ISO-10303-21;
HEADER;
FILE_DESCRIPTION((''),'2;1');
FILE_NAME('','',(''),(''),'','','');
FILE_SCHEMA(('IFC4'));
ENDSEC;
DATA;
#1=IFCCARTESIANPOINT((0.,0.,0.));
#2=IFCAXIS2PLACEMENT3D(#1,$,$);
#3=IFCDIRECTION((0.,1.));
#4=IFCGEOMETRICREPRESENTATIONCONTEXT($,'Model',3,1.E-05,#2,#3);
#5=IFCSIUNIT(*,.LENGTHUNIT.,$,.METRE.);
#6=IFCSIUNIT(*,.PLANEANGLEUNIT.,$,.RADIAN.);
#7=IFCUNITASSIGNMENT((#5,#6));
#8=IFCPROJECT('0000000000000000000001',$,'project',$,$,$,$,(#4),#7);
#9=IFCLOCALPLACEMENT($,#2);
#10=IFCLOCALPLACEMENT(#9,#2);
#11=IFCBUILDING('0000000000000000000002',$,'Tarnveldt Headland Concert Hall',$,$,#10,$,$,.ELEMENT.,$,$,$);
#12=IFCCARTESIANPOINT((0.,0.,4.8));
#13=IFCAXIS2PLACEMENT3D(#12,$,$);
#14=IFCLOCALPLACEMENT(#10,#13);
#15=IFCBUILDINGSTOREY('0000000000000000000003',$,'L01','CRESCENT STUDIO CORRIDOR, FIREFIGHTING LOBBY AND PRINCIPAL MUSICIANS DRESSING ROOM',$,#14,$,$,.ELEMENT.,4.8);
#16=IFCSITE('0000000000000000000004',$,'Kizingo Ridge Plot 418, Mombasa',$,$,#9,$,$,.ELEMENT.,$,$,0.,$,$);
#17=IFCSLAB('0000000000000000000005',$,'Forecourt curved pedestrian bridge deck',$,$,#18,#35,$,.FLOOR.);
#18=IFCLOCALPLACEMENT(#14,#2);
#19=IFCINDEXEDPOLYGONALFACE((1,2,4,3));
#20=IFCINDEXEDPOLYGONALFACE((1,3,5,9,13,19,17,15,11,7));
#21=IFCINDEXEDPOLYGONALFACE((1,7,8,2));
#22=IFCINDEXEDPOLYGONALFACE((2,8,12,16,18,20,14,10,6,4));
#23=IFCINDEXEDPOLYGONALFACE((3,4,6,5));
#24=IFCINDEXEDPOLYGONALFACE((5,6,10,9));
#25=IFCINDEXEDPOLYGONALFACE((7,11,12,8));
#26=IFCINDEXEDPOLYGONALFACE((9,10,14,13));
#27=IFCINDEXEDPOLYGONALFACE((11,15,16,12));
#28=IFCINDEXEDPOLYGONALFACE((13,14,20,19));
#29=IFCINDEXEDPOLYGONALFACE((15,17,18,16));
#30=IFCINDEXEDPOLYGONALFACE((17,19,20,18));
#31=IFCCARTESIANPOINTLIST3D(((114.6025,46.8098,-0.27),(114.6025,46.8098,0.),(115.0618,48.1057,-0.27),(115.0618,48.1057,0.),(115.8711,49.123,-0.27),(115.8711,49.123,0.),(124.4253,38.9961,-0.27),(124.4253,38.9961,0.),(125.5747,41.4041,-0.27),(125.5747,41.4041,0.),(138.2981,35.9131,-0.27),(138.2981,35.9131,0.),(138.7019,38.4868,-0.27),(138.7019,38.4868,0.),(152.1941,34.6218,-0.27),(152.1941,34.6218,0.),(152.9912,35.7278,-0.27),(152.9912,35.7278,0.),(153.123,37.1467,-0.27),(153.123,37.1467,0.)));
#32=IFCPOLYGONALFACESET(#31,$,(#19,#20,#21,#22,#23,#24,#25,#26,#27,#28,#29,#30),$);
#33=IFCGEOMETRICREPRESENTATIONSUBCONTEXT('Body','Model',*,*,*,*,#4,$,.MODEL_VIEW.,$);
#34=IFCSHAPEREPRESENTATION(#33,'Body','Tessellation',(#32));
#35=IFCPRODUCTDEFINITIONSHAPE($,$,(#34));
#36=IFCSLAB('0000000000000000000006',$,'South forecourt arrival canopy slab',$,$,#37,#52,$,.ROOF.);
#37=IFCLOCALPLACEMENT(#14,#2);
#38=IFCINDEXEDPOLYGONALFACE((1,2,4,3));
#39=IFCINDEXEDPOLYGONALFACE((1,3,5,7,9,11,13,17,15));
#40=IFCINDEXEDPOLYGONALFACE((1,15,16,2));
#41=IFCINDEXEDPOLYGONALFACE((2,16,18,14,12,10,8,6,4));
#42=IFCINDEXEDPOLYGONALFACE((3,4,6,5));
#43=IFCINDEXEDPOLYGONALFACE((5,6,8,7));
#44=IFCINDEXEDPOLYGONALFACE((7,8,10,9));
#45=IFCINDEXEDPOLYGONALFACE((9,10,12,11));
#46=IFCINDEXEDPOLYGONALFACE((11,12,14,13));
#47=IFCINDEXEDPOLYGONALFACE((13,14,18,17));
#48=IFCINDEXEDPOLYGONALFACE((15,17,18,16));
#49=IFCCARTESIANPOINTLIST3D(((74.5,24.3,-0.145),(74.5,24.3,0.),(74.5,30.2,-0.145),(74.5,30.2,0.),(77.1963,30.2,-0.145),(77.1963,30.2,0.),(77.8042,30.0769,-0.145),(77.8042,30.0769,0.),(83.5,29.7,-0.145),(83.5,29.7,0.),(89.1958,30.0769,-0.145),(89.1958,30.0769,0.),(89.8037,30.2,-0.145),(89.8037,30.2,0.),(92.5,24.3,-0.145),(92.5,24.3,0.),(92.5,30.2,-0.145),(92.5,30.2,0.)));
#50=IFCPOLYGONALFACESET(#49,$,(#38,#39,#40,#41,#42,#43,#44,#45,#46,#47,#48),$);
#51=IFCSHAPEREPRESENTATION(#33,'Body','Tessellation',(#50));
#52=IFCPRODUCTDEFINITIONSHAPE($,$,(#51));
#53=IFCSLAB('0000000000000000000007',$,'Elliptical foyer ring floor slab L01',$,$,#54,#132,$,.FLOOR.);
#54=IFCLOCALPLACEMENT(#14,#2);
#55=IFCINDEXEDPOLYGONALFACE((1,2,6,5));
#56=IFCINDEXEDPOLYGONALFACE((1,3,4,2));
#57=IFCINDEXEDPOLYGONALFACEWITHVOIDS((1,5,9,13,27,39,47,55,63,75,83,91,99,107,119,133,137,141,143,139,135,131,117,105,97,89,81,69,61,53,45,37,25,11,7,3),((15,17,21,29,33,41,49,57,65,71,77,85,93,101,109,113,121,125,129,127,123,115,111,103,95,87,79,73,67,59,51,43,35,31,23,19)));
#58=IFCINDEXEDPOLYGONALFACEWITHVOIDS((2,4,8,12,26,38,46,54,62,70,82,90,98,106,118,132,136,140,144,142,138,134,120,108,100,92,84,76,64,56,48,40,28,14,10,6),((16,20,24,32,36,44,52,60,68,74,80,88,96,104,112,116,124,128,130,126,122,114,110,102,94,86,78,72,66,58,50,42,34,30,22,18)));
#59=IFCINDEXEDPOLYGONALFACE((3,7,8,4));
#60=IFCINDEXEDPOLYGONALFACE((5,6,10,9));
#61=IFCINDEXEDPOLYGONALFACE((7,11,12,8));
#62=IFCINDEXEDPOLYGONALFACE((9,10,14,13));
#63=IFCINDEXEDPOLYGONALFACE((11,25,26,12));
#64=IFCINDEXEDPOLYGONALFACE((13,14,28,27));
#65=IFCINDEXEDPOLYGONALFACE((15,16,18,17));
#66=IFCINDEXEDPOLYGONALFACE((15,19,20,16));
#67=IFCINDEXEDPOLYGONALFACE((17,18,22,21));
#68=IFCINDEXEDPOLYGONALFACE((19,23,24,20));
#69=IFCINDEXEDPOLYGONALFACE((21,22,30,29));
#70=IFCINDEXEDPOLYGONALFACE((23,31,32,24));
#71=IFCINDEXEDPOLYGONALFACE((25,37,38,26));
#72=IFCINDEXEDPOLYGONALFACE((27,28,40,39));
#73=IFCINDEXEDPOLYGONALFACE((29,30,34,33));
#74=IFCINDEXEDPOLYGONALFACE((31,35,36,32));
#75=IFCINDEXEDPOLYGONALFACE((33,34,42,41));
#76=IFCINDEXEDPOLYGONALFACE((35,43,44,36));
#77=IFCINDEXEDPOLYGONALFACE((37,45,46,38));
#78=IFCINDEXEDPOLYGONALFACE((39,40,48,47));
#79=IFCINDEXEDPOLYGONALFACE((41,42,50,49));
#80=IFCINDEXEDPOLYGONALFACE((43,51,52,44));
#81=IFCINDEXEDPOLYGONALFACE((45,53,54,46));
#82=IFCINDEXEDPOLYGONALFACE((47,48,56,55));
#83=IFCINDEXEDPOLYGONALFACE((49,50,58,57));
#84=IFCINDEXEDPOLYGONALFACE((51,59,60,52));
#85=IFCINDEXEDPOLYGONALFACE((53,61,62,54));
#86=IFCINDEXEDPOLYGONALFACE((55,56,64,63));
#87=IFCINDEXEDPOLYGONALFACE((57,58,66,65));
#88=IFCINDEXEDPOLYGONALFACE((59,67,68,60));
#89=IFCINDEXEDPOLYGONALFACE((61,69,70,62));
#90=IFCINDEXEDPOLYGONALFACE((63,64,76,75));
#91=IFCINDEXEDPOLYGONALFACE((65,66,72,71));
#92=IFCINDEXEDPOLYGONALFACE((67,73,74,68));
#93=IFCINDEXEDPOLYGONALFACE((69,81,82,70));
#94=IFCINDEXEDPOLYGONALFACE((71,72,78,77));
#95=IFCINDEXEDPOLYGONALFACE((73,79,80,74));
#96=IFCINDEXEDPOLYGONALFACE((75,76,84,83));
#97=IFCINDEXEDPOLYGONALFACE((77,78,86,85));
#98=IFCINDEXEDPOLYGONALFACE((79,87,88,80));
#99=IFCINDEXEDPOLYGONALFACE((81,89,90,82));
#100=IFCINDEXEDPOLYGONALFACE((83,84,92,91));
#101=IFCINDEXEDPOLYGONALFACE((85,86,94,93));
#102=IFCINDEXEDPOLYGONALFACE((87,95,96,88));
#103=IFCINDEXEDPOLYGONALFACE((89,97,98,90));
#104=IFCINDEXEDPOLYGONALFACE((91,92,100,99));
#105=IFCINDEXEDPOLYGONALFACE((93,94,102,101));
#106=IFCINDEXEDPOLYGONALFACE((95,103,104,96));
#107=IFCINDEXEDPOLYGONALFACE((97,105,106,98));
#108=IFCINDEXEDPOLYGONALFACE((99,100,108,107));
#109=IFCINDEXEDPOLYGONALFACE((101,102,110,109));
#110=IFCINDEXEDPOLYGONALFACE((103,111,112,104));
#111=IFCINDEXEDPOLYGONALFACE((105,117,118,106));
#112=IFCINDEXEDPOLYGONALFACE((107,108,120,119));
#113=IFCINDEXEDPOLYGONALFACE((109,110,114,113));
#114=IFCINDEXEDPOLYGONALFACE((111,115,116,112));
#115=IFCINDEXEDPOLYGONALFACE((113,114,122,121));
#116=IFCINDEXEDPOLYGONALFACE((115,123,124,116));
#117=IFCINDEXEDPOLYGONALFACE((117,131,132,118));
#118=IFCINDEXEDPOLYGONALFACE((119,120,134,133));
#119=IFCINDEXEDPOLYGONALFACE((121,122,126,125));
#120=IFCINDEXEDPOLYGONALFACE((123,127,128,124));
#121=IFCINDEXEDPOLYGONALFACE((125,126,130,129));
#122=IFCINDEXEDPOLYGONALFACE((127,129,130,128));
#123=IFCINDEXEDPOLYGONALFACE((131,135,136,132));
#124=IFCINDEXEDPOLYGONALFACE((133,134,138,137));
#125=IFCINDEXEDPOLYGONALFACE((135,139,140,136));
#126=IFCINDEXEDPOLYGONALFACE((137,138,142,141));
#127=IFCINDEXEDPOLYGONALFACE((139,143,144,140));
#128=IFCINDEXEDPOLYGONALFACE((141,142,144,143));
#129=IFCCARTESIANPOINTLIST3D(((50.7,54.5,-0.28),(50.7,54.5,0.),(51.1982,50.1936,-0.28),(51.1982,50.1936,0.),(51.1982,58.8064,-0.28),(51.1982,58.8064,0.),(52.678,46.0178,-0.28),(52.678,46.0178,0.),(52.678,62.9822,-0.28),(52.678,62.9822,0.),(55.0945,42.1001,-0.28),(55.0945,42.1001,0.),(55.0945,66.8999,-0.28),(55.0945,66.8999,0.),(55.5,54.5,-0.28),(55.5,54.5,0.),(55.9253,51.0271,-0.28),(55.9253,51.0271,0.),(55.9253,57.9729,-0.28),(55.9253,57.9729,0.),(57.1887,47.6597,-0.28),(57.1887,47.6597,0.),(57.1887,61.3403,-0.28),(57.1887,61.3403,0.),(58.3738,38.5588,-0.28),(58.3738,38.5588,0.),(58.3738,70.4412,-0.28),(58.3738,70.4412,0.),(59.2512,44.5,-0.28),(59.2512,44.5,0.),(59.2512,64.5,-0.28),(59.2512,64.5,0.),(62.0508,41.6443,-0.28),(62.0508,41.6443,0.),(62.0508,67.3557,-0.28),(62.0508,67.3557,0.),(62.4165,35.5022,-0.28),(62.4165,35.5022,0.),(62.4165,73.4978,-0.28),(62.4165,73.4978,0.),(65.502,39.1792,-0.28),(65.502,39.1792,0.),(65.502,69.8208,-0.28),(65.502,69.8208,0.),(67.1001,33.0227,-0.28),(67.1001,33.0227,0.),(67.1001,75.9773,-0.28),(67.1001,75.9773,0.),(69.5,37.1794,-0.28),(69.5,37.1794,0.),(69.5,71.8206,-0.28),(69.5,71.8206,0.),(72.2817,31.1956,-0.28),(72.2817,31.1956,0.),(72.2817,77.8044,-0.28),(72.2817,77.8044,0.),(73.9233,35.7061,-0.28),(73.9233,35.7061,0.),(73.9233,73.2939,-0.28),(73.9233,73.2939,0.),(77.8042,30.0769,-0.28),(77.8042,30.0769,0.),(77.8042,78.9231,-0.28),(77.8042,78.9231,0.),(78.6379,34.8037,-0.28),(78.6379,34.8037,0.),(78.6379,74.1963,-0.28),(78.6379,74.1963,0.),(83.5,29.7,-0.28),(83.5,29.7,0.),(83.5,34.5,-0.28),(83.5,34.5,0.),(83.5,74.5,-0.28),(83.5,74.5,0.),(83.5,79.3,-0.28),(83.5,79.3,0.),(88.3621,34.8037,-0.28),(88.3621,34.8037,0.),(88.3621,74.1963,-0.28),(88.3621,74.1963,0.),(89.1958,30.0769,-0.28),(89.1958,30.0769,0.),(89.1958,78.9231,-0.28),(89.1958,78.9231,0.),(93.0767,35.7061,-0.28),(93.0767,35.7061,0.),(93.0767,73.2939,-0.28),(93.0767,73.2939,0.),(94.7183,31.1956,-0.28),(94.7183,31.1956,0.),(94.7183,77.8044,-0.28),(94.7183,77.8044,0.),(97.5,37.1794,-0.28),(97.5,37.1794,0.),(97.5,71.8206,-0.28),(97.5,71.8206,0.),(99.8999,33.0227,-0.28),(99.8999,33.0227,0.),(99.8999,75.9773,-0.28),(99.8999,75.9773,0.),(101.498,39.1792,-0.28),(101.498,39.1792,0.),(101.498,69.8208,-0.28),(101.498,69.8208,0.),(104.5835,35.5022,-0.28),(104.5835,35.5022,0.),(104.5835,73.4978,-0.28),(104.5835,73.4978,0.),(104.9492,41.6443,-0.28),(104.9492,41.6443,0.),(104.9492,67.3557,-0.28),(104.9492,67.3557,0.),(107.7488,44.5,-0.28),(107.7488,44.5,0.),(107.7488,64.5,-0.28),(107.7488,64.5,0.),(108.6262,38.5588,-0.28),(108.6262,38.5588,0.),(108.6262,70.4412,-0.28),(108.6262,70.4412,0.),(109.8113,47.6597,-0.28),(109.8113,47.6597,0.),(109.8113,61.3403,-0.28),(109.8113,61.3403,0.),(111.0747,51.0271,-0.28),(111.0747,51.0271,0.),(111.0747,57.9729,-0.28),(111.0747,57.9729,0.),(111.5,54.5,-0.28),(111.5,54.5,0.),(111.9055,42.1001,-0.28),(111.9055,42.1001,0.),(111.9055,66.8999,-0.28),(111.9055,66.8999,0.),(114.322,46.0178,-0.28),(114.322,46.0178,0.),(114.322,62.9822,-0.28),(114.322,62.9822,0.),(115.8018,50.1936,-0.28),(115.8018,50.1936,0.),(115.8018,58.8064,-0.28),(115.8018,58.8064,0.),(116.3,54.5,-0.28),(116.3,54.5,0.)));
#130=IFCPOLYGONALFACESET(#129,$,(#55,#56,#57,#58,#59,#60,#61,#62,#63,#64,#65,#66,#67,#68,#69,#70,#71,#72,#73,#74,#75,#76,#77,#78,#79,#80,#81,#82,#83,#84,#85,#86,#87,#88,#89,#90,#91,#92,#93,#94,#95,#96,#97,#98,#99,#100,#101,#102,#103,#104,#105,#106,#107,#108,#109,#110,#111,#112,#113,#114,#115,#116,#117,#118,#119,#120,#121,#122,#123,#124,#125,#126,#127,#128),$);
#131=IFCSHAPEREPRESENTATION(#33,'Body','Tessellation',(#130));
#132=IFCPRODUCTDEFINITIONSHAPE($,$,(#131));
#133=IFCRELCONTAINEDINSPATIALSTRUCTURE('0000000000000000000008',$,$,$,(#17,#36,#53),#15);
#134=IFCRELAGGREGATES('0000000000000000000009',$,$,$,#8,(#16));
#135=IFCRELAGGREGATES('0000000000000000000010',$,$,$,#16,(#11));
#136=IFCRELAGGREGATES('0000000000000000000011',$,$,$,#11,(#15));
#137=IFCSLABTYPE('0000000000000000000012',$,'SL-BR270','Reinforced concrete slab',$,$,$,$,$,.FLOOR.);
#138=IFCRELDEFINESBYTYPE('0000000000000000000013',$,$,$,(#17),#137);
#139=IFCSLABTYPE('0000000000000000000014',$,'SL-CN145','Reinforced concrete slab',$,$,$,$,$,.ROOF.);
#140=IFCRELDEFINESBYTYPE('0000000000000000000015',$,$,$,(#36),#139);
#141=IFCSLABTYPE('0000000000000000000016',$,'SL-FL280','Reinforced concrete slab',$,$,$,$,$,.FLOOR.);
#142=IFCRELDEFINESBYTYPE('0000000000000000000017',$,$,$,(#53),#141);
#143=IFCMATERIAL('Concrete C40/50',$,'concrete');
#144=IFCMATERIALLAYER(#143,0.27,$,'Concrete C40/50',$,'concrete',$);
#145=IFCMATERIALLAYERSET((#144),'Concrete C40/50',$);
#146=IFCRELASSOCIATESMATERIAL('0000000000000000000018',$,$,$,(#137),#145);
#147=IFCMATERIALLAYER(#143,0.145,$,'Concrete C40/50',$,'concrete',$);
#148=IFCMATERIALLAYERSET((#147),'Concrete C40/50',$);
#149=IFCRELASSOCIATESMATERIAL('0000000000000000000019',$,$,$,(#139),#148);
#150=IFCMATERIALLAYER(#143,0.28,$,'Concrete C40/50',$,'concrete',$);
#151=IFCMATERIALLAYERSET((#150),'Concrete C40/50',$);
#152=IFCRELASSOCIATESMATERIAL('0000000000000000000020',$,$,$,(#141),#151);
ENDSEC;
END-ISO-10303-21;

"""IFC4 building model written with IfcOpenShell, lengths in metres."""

from ifc_helpers import new_model, si_unit, direction, frame, origin, place, context, subcontext, project, spatial, polyline, outline, extrude, material, layer, layer_set, type_object, element, save


model = new_model("IFC4")

# Units and contexts
model_context = context("Model", 3, precision=1e-05, world=origin(), true_north=direction((0.0, 1.0)))
body_context = subcontext(model_context, "Body", "Model", "MODEL_VIEW")
ifc_project = project(units=[si_unit("LENGTHUNIT", "METRE"), si_unit("PLANEANGLEUNIT", "RADIAN")], contexts=[model_context])

# Site, building, storey
site_placement = place(None, origin())
site = spatial("IfcSite", under=ifc_project, at=site_placement, Name="Kizingo Ridge Plot 418, Mombasa", CompositionType="ELEMENT", RefElevation=0.0)
building_placement = place(site_placement, origin())
building = spatial("IfcBuilding", under=site, at=building_placement, Name="Tarnveldt Headland Concert Hall", CompositionType="ELEMENT")
storey_placement = place(building_placement, frame((0.0, 0.0, 4.8)))
storey = spatial("IfcBuildingStorey", under=building, at=storey_placement, Name="L01", Description="CRESCENT STUDIO CORRIDOR, FIREFIGHTING LOBBY AND PRINCIPAL MUSICIANS DRESSING ROOM", CompositionType="ELEMENT", Elevation=4.8)

# Slabs
ifc_material_1 = material(Name="Concrete C40/50", Category="concrete")
ifc_layer_1 = layer(ifc_material_1, 0.27, Name="Concrete C40/50", Category="concrete")
ifc_layer_set_1 = layer_set([ifc_layer_1], Name="Concrete C40/50")
slab_type_1 = type_object("IfcSlabType", Name="SL-BR270", Description="Reinforced concrete slab", PredefinedType="FLOOR", material=ifc_layer_set_1)
slab_1_placement = place(storey_placement, frame((0.0, 0.0, -0.27)))
element("IfcSlab", 1, at=slab_1_placement, inside=storey, type_object=slab_type_1, Name="Forecourt curved pedestrian bridge deck", PredefinedType="FLOOR", context=body_context, shape_type="SweptSolid", body=[
    extrude(outline(polyline([(153.123, 37.1467), (138.7019, 38.4868), (125.5747, 41.4041), (115.8711, 49.123), (115.0618, 48.1057), (114.6025, 46.8098), (124.4253, 38.9961), (138.2981, 35.9131), (152.1941, 34.6218), (152.9912, 35.7278), (153.123, 37.1467)])), origin(), (0.0, 0.0, 1.0), 0.27),
])
ifc_layer_2 = layer(ifc_material_1, 0.145, Name="Concrete C40/50", Category="concrete")
ifc_layer_set_2 = layer_set([ifc_layer_2], Name="Concrete C40/50")
slab_type_2 = type_object("IfcSlabType", Name="SL-CN145", Description="Reinforced concrete slab", PredefinedType="ROOF", material=ifc_layer_set_2)
slab_2_placement = place(storey_placement, frame((0.0, 0.0, -0.145)))
element("IfcSlab", 2, at=slab_2_placement, inside=storey, type_object=slab_type_2, Name="South forecourt arrival canopy slab", PredefinedType="ROOF", context=body_context, shape_type="SweptSolid", body=[
    extrude(outline(polyline([(92.5, 30.2), (89.8037, 30.2), (89.1958, 30.0769), (83.5, 29.7), (77.8042, 30.0769), (77.1963, 30.2), (74.5, 30.2), (74.5, 24.3), (92.5, 24.3), (92.5, 30.2)])), origin(), (0.0, 0.0, 1.0), 0.145),
])
ifc_layer_3 = layer(ifc_material_1, 0.28, Name="Concrete C40/50", Category="concrete")
ifc_layer_set_3 = layer_set([ifc_layer_3], Name="Concrete C40/50")
slab_type_3 = type_object("IfcSlabType", Name="SL-FL280", Description="Reinforced concrete slab", PredefinedType="FLOOR", material=ifc_layer_set_3)
slab_3_placement = place(storey_placement, frame((0.0, 0.0, -0.28)))
element("IfcSlab", 3, at=slab_3_placement, inside=storey, type_object=slab_type_3, Name="Elliptical foyer ring floor slab L01", PredefinedType="FLOOR", context=body_context, shape_type="SweptSolid", body=[
    extrude(outline(polyline([(115.8018, 50.1936), (116.3, 54.5), (115.8018, 58.8064), (114.322, 62.9822), (111.9055, 66.8999), (108.6262, 70.4412), (104.5835, 73.4978), (99.8999, 75.9773), (94.7183, 77.8044), (89.1958, 78.9231), (83.5, 79.3), (77.8042, 78.9231), (72.2817, 77.8044), (67.1001, 75.9773), (62.4165, 73.4978), (58.3738, 70.4412), (55.0945, 66.8999), (52.678, 62.9822), (51.1982, 58.8064), (50.7, 54.5), (51.1982, 50.1936), (52.678, 46.0178), (55.0945, 42.1001), (58.3738, 38.5588), (62.4165, 35.5022), (67.1001, 33.0227), (72.2817, 31.1956), (77.8042, 30.0769), (83.5, 29.7), (89.1958, 30.0769), (94.7183, 31.1956), (99.8999, 33.0227), (104.5835, 35.5022), (108.6262, 38.5588), (111.9055, 42.1001), (114.322, 46.0178), (115.8018, 50.1936)]), holes=[polyline([(111.0747, 57.9729), (111.5, 54.5), (111.0747, 51.0271), (109.8113, 47.6597), (107.7488, 44.5), (104.9492, 41.6443), (101.498, 39.1792), (97.5, 37.1794), (93.0767, 35.7061), (88.3621, 34.8037), (83.5, 34.5), (78.6379, 34.8037), (73.9233, 35.7061), (69.5, 37.1794), (65.502, 39.1792), (62.0508, 41.6443), (59.2512, 44.5), (57.1887, 47.6597), (55.9253, 51.0271), (55.5, 54.5), (55.9253, 57.9729), (57.1887, 61.3403), (59.2512, 64.5), (62.0508, 67.3557), (65.502, 69.8208), (69.5, 71.8206), (73.9233, 73.2939), (78.6379, 74.1963), (83.5, 74.5), (88.3621, 74.1963), (93.0767, 73.2939), (97.5, 71.8206), (101.498, 69.8208), (104.9492, 67.3557), (107.7488, 64.5), (109.8113, 61.3403), (111.0747, 57.9729)])]), origin(), (0.0, 0.0, 1.0), 0.28),
])

save(model, "model.ifc")
